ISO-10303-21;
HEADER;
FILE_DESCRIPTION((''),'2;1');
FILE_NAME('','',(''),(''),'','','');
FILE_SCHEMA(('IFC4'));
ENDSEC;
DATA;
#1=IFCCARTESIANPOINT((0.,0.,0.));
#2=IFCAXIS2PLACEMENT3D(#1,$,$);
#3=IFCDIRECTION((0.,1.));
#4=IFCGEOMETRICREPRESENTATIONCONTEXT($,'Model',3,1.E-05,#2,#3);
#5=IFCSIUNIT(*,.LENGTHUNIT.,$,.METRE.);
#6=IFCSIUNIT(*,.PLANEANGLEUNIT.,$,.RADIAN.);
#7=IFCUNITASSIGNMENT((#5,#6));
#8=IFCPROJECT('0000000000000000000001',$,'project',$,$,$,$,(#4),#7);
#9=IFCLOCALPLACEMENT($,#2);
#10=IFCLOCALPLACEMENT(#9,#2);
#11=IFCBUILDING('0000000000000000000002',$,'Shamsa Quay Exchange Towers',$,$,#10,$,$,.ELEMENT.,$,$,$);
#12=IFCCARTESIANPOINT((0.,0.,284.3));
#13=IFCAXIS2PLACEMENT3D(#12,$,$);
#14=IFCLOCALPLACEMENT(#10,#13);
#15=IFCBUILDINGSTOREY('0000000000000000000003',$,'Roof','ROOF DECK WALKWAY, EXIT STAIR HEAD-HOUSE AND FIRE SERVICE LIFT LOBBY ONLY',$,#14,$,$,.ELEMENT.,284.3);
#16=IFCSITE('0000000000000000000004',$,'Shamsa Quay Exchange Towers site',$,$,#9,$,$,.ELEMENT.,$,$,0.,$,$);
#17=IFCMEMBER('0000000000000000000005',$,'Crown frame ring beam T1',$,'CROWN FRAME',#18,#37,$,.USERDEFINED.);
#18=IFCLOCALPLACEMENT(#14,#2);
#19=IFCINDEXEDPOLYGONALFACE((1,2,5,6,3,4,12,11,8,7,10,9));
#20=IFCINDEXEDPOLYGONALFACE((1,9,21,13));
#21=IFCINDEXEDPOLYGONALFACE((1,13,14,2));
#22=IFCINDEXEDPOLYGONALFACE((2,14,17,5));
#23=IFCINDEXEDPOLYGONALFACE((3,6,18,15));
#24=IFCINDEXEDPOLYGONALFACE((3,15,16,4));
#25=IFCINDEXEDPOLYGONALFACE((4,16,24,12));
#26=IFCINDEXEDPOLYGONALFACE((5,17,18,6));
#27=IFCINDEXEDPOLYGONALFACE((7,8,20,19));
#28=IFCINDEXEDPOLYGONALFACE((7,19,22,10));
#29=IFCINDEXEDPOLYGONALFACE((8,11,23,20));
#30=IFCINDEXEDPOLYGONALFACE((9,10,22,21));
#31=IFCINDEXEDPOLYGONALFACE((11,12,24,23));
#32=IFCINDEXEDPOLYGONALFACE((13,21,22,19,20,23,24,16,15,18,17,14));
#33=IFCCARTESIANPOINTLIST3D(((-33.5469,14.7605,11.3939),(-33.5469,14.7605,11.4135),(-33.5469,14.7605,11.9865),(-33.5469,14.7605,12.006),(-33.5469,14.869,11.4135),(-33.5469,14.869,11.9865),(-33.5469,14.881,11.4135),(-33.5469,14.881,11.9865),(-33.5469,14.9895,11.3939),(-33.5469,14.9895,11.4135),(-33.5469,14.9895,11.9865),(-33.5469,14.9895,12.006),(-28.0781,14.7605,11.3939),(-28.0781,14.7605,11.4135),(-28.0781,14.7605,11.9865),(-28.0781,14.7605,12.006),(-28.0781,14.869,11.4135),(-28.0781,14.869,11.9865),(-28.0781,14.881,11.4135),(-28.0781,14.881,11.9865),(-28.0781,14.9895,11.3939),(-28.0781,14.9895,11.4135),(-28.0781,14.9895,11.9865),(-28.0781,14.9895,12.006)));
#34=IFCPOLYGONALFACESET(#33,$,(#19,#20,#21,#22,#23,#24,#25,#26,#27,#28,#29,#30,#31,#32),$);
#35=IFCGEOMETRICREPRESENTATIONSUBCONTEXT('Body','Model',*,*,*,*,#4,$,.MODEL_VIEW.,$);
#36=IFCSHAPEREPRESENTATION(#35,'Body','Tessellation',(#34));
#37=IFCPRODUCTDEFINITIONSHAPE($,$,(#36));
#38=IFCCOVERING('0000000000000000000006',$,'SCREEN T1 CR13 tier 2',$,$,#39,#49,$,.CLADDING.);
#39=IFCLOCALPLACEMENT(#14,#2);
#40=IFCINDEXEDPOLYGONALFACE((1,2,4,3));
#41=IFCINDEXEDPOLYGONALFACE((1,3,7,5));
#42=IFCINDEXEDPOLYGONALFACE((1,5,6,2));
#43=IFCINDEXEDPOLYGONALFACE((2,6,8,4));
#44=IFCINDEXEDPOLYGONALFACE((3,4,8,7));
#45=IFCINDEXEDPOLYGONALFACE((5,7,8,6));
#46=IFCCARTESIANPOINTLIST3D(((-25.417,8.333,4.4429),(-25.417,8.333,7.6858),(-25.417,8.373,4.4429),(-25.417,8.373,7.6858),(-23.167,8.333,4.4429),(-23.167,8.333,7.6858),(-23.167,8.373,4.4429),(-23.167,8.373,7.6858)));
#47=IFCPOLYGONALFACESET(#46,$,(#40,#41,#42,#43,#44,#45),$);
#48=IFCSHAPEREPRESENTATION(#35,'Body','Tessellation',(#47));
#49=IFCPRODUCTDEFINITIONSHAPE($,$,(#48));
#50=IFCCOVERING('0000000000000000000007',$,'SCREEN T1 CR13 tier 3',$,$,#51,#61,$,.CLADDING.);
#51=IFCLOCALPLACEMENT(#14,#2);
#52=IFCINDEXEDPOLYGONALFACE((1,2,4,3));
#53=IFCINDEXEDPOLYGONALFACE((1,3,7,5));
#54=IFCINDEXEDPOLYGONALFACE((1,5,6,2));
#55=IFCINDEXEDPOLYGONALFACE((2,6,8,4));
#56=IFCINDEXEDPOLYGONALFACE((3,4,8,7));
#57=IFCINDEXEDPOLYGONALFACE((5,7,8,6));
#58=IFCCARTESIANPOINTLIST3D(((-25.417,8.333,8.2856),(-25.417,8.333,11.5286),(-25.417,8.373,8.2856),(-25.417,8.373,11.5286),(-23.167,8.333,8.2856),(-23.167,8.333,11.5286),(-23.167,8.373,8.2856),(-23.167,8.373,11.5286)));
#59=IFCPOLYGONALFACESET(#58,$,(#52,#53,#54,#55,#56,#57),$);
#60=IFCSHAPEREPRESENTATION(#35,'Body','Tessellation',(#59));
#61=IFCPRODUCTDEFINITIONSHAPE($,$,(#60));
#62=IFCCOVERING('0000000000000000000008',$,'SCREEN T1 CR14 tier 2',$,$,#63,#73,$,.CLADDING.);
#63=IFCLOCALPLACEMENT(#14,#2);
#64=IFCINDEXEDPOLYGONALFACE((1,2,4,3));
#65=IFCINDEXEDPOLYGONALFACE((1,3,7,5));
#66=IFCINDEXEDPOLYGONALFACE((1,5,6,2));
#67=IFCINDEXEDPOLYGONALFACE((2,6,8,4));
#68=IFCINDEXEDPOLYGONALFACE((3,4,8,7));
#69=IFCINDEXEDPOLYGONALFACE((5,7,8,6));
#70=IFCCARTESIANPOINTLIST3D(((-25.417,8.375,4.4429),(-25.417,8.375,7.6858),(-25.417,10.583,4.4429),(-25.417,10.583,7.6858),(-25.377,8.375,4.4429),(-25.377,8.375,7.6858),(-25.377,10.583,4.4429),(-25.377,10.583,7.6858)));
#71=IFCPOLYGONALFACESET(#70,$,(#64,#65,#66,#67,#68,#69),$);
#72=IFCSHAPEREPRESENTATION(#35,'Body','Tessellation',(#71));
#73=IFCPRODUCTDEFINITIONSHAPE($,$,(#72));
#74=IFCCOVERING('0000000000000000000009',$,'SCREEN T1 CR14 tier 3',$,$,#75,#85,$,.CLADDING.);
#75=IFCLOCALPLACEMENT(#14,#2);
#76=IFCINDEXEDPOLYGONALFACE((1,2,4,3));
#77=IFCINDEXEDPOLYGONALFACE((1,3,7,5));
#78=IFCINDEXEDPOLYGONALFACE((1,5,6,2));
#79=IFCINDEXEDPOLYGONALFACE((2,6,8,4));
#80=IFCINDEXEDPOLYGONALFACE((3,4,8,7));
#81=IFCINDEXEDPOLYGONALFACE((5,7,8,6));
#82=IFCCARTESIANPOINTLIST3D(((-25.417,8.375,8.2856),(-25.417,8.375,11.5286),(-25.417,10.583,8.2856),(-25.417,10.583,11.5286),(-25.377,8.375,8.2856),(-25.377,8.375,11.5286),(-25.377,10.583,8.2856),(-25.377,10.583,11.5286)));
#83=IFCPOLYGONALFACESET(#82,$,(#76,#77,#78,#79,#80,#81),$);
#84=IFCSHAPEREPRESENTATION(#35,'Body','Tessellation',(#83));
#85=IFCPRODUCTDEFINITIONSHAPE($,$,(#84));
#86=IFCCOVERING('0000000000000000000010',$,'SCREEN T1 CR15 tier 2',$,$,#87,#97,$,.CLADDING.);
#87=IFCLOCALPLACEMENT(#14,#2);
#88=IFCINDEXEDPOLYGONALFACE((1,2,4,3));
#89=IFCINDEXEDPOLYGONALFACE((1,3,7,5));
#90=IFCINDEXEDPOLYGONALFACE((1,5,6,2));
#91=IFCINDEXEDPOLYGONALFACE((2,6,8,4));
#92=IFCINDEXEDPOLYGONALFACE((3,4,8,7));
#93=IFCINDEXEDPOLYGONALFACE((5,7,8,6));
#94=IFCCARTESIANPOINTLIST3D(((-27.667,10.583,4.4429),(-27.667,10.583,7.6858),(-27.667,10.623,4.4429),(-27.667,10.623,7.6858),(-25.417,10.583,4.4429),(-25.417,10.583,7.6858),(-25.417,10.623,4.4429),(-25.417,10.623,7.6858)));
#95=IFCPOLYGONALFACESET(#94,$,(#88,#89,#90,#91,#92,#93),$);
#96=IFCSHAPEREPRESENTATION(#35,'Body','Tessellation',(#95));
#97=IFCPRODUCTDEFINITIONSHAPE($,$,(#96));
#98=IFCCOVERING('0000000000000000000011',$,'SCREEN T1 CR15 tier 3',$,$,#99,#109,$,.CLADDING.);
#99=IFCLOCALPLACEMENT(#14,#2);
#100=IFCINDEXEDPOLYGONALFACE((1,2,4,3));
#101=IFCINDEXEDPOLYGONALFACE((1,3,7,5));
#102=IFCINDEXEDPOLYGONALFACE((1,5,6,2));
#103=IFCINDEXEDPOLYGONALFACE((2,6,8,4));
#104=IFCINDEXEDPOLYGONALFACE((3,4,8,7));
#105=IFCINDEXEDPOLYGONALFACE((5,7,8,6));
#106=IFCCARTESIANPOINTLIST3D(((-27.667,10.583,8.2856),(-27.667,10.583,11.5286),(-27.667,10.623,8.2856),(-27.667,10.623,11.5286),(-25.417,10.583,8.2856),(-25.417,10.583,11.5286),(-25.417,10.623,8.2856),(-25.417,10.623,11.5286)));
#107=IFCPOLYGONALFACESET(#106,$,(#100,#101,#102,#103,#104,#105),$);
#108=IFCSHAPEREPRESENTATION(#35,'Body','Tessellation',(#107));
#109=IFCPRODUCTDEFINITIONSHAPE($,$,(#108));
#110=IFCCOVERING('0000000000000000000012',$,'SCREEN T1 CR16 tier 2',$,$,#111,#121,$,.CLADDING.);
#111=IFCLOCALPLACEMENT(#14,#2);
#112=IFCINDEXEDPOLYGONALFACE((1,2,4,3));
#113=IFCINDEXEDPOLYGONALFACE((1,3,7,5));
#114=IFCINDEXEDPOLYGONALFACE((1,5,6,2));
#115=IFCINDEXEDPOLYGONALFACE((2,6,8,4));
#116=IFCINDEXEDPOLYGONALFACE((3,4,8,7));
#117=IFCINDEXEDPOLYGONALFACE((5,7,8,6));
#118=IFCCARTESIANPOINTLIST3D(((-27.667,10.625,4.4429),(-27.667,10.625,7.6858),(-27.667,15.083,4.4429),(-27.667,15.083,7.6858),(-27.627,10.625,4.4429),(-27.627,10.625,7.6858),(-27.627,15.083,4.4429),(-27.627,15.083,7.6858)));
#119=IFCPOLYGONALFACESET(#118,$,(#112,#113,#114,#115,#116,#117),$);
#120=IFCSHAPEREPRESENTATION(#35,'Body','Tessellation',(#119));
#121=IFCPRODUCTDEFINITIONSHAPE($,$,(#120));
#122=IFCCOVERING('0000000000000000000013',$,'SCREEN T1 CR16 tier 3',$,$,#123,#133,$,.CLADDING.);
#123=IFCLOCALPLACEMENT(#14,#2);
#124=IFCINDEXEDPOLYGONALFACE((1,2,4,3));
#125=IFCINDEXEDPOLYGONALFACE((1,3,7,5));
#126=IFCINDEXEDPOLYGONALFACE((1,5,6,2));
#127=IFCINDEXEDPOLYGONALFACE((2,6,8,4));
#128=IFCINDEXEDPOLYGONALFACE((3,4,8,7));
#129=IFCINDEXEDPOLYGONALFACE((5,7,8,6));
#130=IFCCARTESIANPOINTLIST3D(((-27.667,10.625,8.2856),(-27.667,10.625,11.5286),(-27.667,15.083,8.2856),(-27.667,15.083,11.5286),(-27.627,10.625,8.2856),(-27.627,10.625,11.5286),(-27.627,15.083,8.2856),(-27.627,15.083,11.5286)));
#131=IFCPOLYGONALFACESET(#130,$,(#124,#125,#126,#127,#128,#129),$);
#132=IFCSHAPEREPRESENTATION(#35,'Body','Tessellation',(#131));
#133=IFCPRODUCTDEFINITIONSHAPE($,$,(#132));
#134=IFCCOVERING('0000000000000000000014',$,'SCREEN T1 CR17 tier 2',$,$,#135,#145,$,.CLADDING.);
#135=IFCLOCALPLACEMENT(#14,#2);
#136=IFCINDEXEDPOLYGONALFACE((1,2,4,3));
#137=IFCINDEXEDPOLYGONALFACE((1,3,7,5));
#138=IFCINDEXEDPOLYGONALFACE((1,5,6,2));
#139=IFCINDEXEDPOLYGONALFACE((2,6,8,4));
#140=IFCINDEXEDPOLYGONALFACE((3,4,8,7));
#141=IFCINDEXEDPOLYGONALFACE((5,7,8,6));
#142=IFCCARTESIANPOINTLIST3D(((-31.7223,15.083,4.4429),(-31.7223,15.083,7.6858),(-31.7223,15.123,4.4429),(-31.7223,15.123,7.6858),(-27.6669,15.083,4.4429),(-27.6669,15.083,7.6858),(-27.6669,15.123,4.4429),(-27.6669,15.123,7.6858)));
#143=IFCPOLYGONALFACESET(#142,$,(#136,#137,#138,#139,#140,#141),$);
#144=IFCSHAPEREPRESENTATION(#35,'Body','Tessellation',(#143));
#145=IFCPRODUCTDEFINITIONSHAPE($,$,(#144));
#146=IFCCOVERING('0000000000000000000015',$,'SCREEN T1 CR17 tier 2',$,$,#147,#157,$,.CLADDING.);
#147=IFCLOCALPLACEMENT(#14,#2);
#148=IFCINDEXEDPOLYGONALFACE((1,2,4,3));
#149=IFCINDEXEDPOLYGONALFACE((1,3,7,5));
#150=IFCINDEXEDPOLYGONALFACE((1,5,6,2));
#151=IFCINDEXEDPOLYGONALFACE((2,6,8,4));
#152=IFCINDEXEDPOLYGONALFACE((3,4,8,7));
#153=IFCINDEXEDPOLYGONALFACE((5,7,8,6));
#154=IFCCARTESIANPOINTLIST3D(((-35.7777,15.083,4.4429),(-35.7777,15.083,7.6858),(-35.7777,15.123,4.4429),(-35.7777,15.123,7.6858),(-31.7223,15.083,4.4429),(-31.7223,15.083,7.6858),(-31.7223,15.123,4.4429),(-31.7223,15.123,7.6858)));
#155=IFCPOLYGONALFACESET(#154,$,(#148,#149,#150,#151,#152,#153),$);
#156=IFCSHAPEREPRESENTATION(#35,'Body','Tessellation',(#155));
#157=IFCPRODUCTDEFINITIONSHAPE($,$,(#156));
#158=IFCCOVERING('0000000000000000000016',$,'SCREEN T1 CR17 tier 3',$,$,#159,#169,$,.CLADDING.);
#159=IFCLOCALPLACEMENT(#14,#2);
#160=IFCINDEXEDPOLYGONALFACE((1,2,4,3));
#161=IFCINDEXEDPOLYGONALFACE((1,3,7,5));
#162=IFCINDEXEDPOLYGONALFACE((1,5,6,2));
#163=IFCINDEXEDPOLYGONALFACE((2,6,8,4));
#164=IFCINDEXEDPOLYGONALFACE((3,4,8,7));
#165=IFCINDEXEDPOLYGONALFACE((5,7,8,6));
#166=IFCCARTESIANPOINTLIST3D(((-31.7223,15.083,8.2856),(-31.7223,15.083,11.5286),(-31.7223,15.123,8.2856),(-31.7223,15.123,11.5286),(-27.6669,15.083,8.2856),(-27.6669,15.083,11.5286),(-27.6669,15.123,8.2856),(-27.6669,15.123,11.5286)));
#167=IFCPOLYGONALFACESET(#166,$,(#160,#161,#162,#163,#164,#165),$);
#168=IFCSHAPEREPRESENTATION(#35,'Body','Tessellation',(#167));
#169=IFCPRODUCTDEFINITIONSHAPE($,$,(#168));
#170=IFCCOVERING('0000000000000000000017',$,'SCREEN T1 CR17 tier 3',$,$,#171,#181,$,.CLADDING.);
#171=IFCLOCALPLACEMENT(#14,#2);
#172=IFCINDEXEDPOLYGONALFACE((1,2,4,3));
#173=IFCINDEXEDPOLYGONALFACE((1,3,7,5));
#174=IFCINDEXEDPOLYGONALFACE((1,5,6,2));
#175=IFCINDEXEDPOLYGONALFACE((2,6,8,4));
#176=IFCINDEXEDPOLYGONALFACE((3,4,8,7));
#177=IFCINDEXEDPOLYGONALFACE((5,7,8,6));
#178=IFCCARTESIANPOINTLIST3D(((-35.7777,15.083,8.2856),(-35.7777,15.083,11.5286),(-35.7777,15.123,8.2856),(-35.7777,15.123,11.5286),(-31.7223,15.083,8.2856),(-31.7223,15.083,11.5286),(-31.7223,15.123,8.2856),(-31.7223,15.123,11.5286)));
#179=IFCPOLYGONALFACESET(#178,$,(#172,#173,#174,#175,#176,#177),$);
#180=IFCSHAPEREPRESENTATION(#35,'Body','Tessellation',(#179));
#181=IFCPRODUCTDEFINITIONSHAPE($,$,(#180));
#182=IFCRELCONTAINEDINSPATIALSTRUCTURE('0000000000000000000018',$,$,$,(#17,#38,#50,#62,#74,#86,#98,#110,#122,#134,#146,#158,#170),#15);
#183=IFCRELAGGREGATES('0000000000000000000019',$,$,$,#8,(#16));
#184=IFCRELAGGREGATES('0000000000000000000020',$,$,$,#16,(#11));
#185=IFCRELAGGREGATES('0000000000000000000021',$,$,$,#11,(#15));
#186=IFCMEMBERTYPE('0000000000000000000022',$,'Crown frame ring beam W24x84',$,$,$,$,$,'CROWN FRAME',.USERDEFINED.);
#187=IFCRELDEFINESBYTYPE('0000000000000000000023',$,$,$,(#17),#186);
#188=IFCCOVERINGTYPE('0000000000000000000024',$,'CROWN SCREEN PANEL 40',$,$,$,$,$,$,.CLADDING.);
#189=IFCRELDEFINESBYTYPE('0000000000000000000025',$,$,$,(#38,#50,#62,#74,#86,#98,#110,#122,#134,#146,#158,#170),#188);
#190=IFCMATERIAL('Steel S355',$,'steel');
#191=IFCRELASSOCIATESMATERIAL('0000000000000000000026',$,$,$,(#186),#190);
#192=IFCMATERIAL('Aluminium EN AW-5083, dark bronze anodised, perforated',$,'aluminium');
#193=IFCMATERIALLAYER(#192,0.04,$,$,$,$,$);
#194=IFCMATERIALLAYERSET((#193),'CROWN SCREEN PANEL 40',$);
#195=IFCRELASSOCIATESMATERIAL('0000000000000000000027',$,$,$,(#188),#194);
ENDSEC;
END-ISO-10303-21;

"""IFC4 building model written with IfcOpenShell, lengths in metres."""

from ifc_helpers import new_model, si_unit, direction, frame, origin, origin_2d, place, context, subcontext, project, spatial, rectangle, i_section, extrude, material, layer, layer_set, material_profile, profile_set, type_object, element, save


model = new_model("IFC4")

# Units and contexts
model_context = context("Model", 3, precision=1e-05, world=origin(), true_north=direction((0.0, 1.0)))
body_context = subcontext(model_context, "Body", "Model", "MODEL_VIEW")
ifc_project = project(units=[si_unit("LENGTHUNIT", "METRE"), si_unit("PLANEANGLEUNIT", "RADIAN")], contexts=[model_context])

# Site, building, storey
site_placement = place(None, origin())
site = spatial("IfcSite", under=ifc_project, at=site_placement, Name="Shamsa Quay Exchange Towers site", CompositionType="ELEMENT", RefElevation=0.0)
building_placement = place(site_placement, origin())
building = spatial("IfcBuilding", under=site, at=building_placement, Name="Shamsa Quay Exchange Towers", CompositionType="ELEMENT")
storey_placement = place(building_placement, frame((0.0, 0.0, 284.3)))
storey = spatial("IfcBuildingStorey", under=building, at=storey_placement, Name="Roof", Description="ROOF DECK WALKWAY, EXIT STAIR HEAD-HOUSE AND FIRE SERVICE LIFT LOBBY ONLY", CompositionType="ELEMENT", Elevation=284.3)

# Member
ifc_material_1 = material(Name="Steel S355", Category="steel")
ifc_material_profile_1 = material_profile(ifc_material_1, i_section(OverallWidth=0.229, OverallDepth=0.6121, WebThickness=0.012, FlangeThickness=0.0195, at=origin_2d()), Name="W24x84")
ifc_profile_set_1 = profile_set([ifc_material_profile_1], Name="Steel S355")
member_type_1 = type_object("IfcMemberType", Name="Crown frame ring beam W24x84", ElementType="CROWN FRAME", PredefinedType="USERDEFINED", material=ifc_profile_set_1)
member_1_placement = place(storey_placement, frame((-28.0781, 14.875, 11.7), z_axis=(-1.0, 0.0, 0.0), x_axis=(0.0, -1.0, 0.0)))
element("IfcMember", 1, at=member_1_placement, inside=storey, type_object=member_type_1, Name="Crown frame ring beam T1", ObjectType="CROWN FRAME", PredefinedType="USERDEFINED", context=body_context, shape_type="SweptSolid", body=[
    extrude(i_section(OverallWidth=0.229, OverallDepth=0.6121, WebThickness=0.012, FlangeThickness=0.0195, at=origin_2d()), origin(), (0.0, 0.0, 1.0), 5.4688),
])

# Coverings
ifc_material_2 = material(Name="Aluminium EN AW-5083, dark bronze anodised, perforated", Category="aluminium")
ifc_layer = layer(ifc_material_2, 0.04)
ifc_layer_set = layer_set([ifc_layer], Name="CROWN SCREEN PANEL 40")
covering_type = type_object("IfcCoveringType", Name="CROWN SCREEN PANEL 40", PredefinedType="CLADDING", material=ifc_layer_set)
for number, where, z_axis, x_axis, name in (
    (2, (-24.292, 8.353, 4.4429), (0.0, 0.0, 1.0), (-1.0, 0.0, 0.0), "SCREEN T1 CR13 tier 2"),
    (3, (-24.292, 8.353, 8.2856), (0.0, 0.0, 1.0), (-1.0, 0.0, 0.0), "SCREEN T1 CR13 tier 3"),
):
    element("IfcCovering", number, at=place(storey_placement, frame(where, z_axis=z_axis, x_axis=x_axis)), inside=storey, type_object=covering_type, Name=name, PredefinedType="CLADDING", context=body_context, shape_type="SweptSolid", body=[
        extrude(rectangle(XDim=2.25, YDim=0.04, at=origin_2d()), origin(), (0.0, 0.0, 1.0), 3.2429),
    ])
for number, where, z_axis, x_axis, name in (
    (4, (-25.397, 9.479, 4.4429), (0.0, 0.0, 1.0), (0.0, 1.0, 0.0), "SCREEN T1 CR14 tier 2"),
    (5, (-25.397, 9.479, 8.2856), (0.0, 0.0, 1.0), (0.0, 1.0, 0.0), "SCREEN T1 CR14 tier 3"),
):
    element("IfcCovering", number, at=place(storey_placement, frame(where, z_axis=z_axis, x_axis=x_axis)), inside=storey, type_object=covering_type, Name=name, PredefinedType="CLADDING", context=body_context, shape_type="SweptSolid", body=[
        extrude(rectangle(XDim=2.208, YDim=0.04, at=origin_2d()), origin(), (0.0, 0.0, 1.0), 3.2429),
    ])
for number, where, z_axis, x_axis, name in (
    (6, (-26.542, 10.603, 4.4429), (0.0, 0.0, 1.0), (-1.0, 0.0, 0.0), "SCREEN T1 CR15 tier 2"),
    (7, (-26.542, 10.603, 8.2856), (0.0, 0.0, 1.0), (-1.0, 0.0, 0.0), "SCREEN T1 CR15 tier 3"),
):
    element("IfcCovering", number, at=place(storey_placement, frame(where, z_axis=z_axis, x_axis=x_axis)), inside=storey, type_object=covering_type, Name=name, PredefinedType="CLADDING", context=body_context, shape_type="SweptSolid", body=[
        extrude(rectangle(XDim=2.25, YDim=0.04, at=origin_2d()), origin(), (0.0, 0.0, 1.0), 3.2429),
    ])
for number, where, z_axis, x_axis, name in (
    (8, (-27.647, 12.854, 4.4429), (0.0, 0.0, 1.0), (0.0, 1.0, 0.0), "SCREEN T1 CR16 tier 2"),
    (9, (-27.647, 12.854, 8.2856), (0.0, 0.0, 1.0), (0.0, 1.0, 0.0), "SCREEN T1 CR16 tier 3"),
):
    element("IfcCovering", number, at=place(storey_placement, frame(where, z_axis=z_axis, x_axis=x_axis)), inside=storey, type_object=covering_type, Name=name, PredefinedType="CLADDING", context=body_context, shape_type="SweptSolid", body=[
        extrude(rectangle(XDim=4.458, YDim=0.04, at=origin_2d()), origin(), (0.0, 0.0, 1.0), 3.2429),
    ])
for number, where, z_axis, x_axis, name in (
    (10, (-29.6946, 15.103, 4.4429), (0.0, 0.0, 1.0), (-1.0, 0.0, 0.0), "SCREEN T1 CR17 tier 2"),
    (11, (-33.75, 15.103, 4.4429), (0.0, 0.0, 1.0), (-1.0, 0.0, 0.0), "SCREEN T1 CR17 tier 2"),
    (12, (-29.6946, 15.103, 8.2856), (0.0, 0.0, 1.0), (-1.0, 0.0, 0.0), "SCREEN T1 CR17 tier 3"),
    (13, (-33.75, 15.103, 8.2856), (0.0, 0.0, 1.0), (-1.0, 0.0, 0.0), "SCREEN T1 CR17 tier 3"),
):
    element("IfcCovering", number, at=place(storey_placement, frame(where, z_axis=z_axis, x_axis=x_axis)), inside=storey, type_object=covering_type, Name=name, PredefinedType="CLADDING", context=body_context, shape_type="SweptSolid", body=[
        extrude(rectangle(XDim=4.0554, YDim=0.04, at=origin_2d()), origin(), (0.0, 0.0, 1.0), 3.2429),
    ])

save(model, "model.ifc")
